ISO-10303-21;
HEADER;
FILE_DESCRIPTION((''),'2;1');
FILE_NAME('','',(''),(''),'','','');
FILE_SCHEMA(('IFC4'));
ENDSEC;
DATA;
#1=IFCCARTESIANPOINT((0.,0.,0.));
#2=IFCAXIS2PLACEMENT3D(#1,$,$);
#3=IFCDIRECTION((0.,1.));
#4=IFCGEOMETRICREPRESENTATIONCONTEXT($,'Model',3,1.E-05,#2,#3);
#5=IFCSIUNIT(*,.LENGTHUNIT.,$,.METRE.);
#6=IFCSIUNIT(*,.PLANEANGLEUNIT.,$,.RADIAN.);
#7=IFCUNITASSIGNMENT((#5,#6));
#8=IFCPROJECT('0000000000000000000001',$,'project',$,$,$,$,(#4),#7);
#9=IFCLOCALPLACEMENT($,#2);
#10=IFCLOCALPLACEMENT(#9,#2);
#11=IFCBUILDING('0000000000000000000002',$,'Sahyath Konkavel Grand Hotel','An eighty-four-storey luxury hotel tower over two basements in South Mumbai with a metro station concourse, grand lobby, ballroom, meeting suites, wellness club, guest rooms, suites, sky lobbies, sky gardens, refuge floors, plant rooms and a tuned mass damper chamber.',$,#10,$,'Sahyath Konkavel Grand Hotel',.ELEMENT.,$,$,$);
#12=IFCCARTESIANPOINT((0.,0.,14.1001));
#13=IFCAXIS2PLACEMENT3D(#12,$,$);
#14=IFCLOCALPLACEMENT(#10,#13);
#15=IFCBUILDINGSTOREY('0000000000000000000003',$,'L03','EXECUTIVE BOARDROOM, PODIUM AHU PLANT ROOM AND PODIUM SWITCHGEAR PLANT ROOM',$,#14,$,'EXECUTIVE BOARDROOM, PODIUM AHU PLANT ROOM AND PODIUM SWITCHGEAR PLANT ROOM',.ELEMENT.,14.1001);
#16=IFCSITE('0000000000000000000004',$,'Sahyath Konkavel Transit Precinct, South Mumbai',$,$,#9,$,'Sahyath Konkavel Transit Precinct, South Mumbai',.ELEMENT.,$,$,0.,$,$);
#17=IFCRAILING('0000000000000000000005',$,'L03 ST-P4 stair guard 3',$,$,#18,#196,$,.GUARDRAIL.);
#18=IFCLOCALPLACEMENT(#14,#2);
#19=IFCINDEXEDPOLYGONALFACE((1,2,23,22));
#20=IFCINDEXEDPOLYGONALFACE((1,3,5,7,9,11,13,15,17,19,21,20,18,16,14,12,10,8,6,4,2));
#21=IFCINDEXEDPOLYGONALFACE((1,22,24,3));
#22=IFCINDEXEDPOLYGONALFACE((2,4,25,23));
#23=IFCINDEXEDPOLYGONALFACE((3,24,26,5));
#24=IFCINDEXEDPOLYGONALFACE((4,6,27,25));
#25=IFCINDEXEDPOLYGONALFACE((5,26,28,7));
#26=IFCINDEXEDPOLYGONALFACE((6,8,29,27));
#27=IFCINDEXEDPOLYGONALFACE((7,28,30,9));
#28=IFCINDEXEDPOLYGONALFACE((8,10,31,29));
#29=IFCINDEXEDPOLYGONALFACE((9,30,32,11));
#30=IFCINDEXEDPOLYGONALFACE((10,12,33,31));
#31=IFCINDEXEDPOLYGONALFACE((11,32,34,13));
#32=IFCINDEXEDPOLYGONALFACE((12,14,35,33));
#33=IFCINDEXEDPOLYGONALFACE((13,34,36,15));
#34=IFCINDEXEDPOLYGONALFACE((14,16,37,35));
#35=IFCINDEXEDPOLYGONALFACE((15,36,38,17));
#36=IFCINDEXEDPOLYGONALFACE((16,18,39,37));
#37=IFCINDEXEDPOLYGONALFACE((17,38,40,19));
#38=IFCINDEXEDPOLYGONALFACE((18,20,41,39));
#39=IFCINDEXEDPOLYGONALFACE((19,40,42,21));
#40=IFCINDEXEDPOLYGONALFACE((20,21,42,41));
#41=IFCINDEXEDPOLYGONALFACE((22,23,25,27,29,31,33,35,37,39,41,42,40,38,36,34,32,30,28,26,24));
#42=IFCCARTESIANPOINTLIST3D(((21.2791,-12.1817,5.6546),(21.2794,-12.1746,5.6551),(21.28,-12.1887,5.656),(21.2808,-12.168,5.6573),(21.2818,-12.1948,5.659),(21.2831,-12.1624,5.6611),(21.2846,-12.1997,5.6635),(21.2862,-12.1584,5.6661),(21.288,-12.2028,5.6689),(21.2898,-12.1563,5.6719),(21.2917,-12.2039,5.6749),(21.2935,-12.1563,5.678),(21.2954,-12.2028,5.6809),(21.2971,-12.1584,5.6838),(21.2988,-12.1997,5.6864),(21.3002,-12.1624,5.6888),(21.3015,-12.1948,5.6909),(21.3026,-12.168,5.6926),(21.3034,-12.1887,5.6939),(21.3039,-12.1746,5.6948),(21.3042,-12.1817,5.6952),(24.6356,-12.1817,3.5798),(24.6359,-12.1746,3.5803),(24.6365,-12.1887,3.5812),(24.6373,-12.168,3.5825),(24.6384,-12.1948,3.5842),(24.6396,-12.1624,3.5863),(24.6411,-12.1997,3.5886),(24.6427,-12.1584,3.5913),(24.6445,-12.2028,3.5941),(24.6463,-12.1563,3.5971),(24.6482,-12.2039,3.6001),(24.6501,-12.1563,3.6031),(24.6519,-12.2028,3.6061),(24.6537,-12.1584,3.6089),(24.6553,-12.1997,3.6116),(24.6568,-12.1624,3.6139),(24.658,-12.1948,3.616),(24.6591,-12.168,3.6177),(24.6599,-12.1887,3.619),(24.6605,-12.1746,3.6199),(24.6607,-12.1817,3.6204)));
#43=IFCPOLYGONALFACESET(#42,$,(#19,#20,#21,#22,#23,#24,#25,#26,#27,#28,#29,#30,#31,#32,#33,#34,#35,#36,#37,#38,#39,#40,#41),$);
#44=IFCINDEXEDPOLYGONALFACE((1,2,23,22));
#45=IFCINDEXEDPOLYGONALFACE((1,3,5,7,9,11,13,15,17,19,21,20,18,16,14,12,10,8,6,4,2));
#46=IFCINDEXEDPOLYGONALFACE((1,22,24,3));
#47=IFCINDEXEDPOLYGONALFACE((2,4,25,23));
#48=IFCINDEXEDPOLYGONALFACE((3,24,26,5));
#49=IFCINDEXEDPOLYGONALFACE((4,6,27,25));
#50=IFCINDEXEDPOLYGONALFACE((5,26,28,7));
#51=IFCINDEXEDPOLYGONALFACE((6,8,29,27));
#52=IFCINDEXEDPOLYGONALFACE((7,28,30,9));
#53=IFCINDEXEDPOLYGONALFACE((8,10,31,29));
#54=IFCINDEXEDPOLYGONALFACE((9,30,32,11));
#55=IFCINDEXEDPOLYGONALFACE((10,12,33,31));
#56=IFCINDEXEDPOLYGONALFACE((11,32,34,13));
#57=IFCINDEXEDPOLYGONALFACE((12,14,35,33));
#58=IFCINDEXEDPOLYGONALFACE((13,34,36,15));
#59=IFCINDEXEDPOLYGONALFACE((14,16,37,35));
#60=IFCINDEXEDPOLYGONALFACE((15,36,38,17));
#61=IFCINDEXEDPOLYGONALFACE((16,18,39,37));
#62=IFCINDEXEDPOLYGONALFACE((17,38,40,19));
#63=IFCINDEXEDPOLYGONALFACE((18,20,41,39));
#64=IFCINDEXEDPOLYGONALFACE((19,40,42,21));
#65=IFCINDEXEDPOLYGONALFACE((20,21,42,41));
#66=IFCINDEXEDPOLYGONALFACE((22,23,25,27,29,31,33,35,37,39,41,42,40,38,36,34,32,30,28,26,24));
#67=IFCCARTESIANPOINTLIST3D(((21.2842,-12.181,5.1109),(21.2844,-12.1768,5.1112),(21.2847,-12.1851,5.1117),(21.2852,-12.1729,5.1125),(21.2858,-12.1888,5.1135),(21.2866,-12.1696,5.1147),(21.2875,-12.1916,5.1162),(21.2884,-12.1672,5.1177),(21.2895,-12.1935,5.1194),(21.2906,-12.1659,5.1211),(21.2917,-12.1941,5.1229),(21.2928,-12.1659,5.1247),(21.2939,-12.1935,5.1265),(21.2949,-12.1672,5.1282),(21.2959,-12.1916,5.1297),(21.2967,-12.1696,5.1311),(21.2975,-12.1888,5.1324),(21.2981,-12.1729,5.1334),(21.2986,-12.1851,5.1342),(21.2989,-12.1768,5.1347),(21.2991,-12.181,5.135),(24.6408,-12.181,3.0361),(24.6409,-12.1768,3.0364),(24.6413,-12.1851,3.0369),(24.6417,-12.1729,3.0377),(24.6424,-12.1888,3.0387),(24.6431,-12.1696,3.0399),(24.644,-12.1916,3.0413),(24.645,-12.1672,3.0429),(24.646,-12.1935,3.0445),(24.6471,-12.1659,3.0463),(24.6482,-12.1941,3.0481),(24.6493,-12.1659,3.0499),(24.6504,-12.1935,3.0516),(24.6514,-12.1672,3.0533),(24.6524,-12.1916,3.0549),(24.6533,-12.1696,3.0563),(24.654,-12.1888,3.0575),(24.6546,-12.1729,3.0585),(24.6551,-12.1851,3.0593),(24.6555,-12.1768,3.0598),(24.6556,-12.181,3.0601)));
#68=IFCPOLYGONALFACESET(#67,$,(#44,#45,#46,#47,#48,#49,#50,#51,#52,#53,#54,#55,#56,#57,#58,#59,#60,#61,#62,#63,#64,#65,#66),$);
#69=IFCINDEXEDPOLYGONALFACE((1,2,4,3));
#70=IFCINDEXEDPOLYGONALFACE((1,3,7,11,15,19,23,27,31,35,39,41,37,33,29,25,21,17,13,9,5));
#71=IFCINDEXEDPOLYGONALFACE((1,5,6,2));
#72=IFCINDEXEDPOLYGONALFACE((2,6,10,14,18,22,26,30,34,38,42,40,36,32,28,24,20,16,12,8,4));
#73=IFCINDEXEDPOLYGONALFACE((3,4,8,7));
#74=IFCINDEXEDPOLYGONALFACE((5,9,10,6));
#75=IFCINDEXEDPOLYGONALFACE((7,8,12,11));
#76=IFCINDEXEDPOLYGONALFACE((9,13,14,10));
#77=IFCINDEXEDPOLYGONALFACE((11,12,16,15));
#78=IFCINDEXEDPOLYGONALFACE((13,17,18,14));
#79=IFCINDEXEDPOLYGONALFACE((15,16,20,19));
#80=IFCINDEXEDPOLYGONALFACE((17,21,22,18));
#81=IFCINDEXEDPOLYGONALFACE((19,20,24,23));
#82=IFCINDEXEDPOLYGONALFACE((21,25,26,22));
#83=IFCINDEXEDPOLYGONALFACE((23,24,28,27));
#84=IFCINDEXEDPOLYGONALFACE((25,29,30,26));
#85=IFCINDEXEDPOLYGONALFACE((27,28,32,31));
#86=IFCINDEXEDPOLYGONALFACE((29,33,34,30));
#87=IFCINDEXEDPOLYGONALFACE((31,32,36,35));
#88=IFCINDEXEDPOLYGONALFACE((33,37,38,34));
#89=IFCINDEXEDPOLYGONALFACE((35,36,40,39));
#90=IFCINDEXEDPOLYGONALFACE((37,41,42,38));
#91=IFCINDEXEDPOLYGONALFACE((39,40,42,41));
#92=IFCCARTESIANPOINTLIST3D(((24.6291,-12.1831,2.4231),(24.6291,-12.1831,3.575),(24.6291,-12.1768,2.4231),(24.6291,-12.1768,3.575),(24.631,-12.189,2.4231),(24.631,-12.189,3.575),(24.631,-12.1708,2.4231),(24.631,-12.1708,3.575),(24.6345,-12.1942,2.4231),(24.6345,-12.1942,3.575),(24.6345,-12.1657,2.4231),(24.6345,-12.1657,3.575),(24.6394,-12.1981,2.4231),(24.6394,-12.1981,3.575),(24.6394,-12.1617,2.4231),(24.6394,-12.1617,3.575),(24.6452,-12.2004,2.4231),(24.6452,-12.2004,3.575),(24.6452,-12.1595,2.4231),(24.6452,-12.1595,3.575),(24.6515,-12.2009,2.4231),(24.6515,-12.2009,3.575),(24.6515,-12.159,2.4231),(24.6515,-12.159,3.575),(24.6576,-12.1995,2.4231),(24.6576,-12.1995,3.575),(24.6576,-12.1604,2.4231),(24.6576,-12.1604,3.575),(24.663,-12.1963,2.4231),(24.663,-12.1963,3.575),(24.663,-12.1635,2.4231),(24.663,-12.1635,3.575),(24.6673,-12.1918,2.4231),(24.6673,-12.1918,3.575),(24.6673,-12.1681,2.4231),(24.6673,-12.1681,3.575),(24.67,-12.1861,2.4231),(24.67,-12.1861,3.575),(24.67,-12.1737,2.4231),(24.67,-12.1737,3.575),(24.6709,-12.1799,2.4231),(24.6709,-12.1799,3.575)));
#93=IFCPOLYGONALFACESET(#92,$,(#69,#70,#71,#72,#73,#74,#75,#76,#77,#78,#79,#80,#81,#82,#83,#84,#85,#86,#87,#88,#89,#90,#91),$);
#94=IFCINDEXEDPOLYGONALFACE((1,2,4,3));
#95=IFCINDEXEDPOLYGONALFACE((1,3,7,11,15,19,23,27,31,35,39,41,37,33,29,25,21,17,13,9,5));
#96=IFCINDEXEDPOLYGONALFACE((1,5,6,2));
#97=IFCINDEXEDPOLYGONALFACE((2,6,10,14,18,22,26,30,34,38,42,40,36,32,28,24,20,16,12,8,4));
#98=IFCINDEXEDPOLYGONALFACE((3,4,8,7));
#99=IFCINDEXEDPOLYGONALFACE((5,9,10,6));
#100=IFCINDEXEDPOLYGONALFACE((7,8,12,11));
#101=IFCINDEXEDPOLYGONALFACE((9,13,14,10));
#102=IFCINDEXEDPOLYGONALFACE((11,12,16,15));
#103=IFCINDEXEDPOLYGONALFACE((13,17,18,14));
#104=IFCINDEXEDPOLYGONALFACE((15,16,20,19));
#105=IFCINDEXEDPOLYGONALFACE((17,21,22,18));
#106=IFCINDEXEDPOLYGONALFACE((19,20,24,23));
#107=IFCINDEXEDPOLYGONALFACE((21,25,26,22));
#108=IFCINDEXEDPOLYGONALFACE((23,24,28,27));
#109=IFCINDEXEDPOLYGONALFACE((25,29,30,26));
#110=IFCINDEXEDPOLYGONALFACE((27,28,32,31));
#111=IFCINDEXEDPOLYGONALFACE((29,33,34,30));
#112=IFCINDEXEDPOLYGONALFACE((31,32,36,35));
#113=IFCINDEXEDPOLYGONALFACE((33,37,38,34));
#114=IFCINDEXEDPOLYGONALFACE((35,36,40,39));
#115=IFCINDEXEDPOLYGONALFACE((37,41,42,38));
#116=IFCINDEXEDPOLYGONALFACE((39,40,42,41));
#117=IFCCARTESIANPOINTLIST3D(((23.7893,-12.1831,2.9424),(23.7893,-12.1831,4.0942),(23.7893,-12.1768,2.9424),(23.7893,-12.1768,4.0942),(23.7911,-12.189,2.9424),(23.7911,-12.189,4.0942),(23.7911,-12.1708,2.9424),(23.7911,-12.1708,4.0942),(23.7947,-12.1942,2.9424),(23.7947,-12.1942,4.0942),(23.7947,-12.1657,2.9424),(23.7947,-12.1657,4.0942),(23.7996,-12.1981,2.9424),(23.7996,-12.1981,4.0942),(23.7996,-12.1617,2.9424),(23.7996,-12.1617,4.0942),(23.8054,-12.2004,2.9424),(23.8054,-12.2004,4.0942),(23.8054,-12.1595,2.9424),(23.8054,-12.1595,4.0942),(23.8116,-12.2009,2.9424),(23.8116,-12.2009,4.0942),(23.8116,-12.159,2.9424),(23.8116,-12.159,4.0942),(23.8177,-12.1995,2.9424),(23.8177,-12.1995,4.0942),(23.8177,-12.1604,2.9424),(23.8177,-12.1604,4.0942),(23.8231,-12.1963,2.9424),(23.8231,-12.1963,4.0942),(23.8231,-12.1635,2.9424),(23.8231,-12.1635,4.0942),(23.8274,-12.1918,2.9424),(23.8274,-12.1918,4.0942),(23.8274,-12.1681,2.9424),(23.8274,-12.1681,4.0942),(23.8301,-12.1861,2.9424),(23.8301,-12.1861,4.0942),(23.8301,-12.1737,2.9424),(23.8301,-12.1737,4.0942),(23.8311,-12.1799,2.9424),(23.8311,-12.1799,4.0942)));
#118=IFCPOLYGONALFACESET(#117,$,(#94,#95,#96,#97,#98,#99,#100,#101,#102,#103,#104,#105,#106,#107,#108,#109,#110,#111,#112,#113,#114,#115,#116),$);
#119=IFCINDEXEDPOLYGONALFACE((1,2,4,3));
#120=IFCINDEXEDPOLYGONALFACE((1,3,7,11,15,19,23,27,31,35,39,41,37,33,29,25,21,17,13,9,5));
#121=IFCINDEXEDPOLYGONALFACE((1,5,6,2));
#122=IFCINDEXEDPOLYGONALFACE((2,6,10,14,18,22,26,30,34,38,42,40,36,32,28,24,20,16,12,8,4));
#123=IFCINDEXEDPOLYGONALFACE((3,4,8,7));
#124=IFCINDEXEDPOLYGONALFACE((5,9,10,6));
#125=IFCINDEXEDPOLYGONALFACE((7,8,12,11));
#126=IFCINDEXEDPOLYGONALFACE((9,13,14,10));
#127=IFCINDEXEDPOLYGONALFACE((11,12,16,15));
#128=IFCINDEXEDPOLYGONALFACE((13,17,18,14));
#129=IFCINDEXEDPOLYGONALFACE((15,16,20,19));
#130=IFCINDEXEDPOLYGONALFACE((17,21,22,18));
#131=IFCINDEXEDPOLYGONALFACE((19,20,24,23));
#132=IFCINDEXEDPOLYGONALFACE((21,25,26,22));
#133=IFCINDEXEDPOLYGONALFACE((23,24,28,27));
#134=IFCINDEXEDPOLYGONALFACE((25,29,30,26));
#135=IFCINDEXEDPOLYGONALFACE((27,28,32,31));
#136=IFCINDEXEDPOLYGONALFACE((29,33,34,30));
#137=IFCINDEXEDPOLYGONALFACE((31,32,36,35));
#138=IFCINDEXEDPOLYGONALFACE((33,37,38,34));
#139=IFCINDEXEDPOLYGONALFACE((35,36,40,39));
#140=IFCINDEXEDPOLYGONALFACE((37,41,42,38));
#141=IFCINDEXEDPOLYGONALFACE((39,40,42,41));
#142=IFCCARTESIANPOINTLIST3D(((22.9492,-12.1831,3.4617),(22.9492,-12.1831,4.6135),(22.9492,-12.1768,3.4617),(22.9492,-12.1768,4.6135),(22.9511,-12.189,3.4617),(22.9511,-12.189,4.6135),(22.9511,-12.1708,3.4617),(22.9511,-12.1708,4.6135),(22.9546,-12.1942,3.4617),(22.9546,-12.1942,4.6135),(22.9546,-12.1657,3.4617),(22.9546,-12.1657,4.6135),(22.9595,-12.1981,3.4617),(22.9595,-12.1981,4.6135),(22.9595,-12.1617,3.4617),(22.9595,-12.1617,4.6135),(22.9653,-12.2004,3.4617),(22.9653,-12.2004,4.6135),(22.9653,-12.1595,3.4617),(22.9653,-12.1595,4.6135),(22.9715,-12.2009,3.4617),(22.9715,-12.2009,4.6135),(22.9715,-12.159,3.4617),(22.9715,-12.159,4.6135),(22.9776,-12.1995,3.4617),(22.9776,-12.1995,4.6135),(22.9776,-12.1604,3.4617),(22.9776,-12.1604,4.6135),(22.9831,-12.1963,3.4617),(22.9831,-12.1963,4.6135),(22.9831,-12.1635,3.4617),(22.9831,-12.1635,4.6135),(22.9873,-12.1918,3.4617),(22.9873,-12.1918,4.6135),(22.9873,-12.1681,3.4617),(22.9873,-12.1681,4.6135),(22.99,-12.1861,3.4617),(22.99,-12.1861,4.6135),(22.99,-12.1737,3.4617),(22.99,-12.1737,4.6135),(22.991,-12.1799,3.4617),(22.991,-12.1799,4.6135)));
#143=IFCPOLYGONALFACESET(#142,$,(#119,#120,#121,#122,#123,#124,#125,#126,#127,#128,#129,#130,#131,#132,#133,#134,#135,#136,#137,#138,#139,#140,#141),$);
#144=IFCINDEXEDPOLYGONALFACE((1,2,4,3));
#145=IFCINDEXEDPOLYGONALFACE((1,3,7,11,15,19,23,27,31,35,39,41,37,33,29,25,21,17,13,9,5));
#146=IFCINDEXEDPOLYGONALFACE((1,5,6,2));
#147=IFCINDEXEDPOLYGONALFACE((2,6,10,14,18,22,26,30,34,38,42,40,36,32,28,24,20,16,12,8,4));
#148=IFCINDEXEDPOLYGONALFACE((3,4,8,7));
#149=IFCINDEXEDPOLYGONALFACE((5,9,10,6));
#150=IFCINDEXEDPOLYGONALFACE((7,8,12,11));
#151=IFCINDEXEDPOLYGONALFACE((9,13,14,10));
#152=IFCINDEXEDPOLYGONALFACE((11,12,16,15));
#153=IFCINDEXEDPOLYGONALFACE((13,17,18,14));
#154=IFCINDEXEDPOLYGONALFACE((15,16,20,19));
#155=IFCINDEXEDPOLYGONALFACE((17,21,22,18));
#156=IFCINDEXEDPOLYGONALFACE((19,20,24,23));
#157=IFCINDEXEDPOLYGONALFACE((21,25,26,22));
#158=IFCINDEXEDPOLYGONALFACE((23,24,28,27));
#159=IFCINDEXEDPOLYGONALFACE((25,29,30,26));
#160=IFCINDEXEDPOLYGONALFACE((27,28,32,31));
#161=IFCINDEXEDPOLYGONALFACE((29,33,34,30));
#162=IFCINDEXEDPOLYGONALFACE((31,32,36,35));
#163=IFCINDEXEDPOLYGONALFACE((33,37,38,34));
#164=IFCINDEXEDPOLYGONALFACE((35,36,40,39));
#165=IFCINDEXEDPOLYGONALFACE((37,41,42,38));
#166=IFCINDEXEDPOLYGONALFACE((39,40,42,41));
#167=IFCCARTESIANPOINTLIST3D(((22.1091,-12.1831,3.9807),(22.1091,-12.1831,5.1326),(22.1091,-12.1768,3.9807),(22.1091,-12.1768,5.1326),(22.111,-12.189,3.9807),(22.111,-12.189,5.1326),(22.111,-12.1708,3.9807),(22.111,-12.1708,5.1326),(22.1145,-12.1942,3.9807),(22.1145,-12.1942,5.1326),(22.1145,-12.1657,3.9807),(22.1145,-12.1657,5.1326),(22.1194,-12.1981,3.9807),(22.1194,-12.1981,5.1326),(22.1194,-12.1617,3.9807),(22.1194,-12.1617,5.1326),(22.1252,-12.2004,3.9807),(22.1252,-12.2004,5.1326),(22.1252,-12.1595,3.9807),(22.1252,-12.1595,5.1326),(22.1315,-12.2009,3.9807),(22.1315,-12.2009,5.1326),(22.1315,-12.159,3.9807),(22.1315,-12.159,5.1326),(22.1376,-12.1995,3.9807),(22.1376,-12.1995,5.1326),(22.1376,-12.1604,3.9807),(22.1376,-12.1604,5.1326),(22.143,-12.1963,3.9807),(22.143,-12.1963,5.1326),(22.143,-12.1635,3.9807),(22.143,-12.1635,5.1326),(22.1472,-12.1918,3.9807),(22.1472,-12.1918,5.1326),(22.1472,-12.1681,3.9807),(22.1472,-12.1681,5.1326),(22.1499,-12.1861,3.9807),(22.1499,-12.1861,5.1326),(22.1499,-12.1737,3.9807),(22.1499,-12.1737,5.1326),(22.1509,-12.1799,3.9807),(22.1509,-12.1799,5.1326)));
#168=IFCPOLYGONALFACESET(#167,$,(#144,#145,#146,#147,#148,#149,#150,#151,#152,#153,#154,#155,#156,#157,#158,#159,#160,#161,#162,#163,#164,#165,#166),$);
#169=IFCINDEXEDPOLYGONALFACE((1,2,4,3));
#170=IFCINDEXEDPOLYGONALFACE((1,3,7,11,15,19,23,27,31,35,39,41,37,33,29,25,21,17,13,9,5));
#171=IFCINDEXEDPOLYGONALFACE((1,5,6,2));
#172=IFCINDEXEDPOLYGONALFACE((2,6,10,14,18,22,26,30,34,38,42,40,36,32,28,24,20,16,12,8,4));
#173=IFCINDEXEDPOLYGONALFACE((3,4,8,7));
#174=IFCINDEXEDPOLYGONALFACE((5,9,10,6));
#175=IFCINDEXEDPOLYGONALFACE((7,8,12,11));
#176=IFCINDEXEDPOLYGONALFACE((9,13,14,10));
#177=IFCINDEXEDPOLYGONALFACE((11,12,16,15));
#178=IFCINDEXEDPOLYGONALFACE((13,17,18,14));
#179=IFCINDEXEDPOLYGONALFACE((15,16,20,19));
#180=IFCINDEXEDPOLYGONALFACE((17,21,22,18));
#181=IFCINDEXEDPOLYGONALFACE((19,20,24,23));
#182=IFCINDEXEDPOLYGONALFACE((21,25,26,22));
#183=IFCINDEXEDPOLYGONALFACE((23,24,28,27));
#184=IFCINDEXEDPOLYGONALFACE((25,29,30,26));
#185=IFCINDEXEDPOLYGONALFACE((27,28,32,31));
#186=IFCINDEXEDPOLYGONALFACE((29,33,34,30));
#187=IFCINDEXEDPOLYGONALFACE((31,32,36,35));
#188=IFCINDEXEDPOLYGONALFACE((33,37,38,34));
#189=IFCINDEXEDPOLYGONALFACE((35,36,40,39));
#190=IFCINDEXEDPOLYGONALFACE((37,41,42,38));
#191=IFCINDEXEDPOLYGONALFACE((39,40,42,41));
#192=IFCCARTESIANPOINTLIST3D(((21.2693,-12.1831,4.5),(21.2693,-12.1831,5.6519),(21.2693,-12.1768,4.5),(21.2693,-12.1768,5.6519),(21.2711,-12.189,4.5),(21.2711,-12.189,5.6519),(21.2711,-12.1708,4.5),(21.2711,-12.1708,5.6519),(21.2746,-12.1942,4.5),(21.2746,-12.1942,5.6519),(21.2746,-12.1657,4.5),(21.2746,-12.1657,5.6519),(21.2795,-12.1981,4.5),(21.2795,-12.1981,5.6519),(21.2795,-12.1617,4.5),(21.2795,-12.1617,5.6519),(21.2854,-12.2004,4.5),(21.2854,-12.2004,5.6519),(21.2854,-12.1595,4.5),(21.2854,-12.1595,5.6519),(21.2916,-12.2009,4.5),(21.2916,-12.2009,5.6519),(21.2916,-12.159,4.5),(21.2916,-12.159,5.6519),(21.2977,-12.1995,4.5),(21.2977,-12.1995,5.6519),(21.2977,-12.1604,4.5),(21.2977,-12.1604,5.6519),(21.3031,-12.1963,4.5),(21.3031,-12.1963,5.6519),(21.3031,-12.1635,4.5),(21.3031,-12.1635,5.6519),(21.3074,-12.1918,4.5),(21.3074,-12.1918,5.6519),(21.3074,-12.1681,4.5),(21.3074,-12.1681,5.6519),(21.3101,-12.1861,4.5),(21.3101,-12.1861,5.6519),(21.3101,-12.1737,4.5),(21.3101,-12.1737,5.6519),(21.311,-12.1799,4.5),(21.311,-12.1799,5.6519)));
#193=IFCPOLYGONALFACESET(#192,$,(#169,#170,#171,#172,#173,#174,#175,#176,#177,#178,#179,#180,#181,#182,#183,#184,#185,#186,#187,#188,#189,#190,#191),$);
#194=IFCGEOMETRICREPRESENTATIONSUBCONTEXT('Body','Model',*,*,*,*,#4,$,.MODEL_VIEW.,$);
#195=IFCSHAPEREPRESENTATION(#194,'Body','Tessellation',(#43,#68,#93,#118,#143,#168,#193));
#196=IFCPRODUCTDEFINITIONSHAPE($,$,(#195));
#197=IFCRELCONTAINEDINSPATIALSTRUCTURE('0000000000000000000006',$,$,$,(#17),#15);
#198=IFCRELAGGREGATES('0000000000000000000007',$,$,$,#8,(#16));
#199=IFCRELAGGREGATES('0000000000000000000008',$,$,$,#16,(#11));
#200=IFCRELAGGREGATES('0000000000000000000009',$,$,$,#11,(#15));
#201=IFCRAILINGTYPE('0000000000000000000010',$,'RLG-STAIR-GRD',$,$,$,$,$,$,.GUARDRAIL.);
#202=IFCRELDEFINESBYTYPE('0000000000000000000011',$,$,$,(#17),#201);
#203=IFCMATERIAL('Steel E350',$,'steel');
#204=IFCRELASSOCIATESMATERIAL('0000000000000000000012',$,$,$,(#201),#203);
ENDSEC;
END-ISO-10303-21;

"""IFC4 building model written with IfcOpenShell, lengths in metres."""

from ifc_helpers import new_model, si_unit, direction, frame, origin, origin_2d, place, context, subcontext, project, spatial, circle, extrude, material, type_object, element, save


model = new_model("IFC4")

# Units and contexts
model_context = context("Model", 3, precision=1e-05, world=origin(), true_north=direction((0.0, 1.0)))
body_context = subcontext(model_context, "Body", "Model", "MODEL_VIEW")
ifc_project = project(units=[si_unit("LENGTHUNIT", "METRE"), si_unit("PLANEANGLEUNIT", "RADIAN")], contexts=[model_context])

# Site, building, storey
site_placement = place(None, origin())
site = spatial("IfcSite", under=ifc_project, at=site_placement, Name="Sahyath Konkavel Transit Precinct, South Mumbai", LongName="Sahyath Konkavel Transit Precinct, South Mumbai", CompositionType="ELEMENT", RefElevation=0.0)
building_placement = place(site_placement, origin())
building = spatial("IfcBuilding", under=site, at=building_placement, Name="Sahyath Konkavel Grand Hotel", Description="An eighty-four-storey luxury hotel tower over two basements in South Mumbai with a metro station concourse, grand lobby, ballroom, meeting suites, wellness club, guest rooms, suites, sky lobbies, sky gardens, refuge floors, plant rooms and a tuned mass damper chamber.", LongName="Sahyath Konkavel Grand Hotel", CompositionType="ELEMENT")
storey_placement = place(building_placement, frame((0.0, 0.0, 14.1001)))
storey = spatial("IfcBuildingStorey", under=building, at=storey_placement, Name="L03", Description="EXECUTIVE BOARDROOM, PODIUM AHU PLANT ROOM AND PODIUM SWITCHGEAR PLANT ROOM", LongName="EXECUTIVE BOARDROOM, PODIUM AHU PLANT ROOM AND PODIUM SWITCHGEAR PLANT ROOM", CompositionType="ELEMENT", Elevation=14.1001)

# Shared definitions
ifc_material_1 = material(Name="Steel E350", Category="steel")

# Railing
railing_type_1 = type_object("IfcRailingType", Name="RLG-STAIR-GRD", PredefinedType="GUARDRAIL", material=ifc_material_1)
railing_1_placement = place(storey_placement, frame((24.6499, -12.1799, 2.4231)))
element("IfcRailing", 1, at=railing_1_placement, inside=storey, type_object=railing_type_1, Name="L03 ST-P4 stair guard 3", PredefinedType="GUARDRAIL", context=body_context, shape_type="SweptSolid", body=[
    extrude(circle(Radius=0.0239, at=origin_2d()), frame((-0.0017, 0.0, 1.177), z_axis=(-0.850606, 0.0, 0.525803), x_axis=(0.0, -1.0, 0.0)), (0.0, 0.0, 1.0), 3.946),
    extrude(circle(Radius=0.0142, at=origin_2d()), frame((-0.0017, 0.0, 0.625), z_axis=(-0.850606, 0.0, 0.525803), x_axis=(0.0, -1.0, 0.0)), (0.0, 0.0, 1.0), 3.946),
    extrude(circle(Radius=0.021, at=origin_2d()), origin(), (0.0, 0.0, 1.0), 1.1519),
    extrude(circle(Radius=0.021, at=origin_2d()), frame((-0.8398, 0.0, 0.5193)), (0.0, 0.0, 1.0), 1.1519),
    extrude(circle(Radius=0.021, at=origin_2d()), frame((-1.6799, 0.0, 1.0386)), (0.0, 0.0, 1.0), 1.1519),
    extrude(circle(Radius=0.021, at=origin_2d()), frame((-2.52, 0.0, 1.5576)), (0.0, 0.0, 1.0), 1.1519),
    extrude(circle(Radius=0.021, at=origin_2d()), frame((-3.3599, 0.0, 2.0769)), (0.0, 0.0, 1.0), 1.1519),
])

save(model, "model.ifc")
